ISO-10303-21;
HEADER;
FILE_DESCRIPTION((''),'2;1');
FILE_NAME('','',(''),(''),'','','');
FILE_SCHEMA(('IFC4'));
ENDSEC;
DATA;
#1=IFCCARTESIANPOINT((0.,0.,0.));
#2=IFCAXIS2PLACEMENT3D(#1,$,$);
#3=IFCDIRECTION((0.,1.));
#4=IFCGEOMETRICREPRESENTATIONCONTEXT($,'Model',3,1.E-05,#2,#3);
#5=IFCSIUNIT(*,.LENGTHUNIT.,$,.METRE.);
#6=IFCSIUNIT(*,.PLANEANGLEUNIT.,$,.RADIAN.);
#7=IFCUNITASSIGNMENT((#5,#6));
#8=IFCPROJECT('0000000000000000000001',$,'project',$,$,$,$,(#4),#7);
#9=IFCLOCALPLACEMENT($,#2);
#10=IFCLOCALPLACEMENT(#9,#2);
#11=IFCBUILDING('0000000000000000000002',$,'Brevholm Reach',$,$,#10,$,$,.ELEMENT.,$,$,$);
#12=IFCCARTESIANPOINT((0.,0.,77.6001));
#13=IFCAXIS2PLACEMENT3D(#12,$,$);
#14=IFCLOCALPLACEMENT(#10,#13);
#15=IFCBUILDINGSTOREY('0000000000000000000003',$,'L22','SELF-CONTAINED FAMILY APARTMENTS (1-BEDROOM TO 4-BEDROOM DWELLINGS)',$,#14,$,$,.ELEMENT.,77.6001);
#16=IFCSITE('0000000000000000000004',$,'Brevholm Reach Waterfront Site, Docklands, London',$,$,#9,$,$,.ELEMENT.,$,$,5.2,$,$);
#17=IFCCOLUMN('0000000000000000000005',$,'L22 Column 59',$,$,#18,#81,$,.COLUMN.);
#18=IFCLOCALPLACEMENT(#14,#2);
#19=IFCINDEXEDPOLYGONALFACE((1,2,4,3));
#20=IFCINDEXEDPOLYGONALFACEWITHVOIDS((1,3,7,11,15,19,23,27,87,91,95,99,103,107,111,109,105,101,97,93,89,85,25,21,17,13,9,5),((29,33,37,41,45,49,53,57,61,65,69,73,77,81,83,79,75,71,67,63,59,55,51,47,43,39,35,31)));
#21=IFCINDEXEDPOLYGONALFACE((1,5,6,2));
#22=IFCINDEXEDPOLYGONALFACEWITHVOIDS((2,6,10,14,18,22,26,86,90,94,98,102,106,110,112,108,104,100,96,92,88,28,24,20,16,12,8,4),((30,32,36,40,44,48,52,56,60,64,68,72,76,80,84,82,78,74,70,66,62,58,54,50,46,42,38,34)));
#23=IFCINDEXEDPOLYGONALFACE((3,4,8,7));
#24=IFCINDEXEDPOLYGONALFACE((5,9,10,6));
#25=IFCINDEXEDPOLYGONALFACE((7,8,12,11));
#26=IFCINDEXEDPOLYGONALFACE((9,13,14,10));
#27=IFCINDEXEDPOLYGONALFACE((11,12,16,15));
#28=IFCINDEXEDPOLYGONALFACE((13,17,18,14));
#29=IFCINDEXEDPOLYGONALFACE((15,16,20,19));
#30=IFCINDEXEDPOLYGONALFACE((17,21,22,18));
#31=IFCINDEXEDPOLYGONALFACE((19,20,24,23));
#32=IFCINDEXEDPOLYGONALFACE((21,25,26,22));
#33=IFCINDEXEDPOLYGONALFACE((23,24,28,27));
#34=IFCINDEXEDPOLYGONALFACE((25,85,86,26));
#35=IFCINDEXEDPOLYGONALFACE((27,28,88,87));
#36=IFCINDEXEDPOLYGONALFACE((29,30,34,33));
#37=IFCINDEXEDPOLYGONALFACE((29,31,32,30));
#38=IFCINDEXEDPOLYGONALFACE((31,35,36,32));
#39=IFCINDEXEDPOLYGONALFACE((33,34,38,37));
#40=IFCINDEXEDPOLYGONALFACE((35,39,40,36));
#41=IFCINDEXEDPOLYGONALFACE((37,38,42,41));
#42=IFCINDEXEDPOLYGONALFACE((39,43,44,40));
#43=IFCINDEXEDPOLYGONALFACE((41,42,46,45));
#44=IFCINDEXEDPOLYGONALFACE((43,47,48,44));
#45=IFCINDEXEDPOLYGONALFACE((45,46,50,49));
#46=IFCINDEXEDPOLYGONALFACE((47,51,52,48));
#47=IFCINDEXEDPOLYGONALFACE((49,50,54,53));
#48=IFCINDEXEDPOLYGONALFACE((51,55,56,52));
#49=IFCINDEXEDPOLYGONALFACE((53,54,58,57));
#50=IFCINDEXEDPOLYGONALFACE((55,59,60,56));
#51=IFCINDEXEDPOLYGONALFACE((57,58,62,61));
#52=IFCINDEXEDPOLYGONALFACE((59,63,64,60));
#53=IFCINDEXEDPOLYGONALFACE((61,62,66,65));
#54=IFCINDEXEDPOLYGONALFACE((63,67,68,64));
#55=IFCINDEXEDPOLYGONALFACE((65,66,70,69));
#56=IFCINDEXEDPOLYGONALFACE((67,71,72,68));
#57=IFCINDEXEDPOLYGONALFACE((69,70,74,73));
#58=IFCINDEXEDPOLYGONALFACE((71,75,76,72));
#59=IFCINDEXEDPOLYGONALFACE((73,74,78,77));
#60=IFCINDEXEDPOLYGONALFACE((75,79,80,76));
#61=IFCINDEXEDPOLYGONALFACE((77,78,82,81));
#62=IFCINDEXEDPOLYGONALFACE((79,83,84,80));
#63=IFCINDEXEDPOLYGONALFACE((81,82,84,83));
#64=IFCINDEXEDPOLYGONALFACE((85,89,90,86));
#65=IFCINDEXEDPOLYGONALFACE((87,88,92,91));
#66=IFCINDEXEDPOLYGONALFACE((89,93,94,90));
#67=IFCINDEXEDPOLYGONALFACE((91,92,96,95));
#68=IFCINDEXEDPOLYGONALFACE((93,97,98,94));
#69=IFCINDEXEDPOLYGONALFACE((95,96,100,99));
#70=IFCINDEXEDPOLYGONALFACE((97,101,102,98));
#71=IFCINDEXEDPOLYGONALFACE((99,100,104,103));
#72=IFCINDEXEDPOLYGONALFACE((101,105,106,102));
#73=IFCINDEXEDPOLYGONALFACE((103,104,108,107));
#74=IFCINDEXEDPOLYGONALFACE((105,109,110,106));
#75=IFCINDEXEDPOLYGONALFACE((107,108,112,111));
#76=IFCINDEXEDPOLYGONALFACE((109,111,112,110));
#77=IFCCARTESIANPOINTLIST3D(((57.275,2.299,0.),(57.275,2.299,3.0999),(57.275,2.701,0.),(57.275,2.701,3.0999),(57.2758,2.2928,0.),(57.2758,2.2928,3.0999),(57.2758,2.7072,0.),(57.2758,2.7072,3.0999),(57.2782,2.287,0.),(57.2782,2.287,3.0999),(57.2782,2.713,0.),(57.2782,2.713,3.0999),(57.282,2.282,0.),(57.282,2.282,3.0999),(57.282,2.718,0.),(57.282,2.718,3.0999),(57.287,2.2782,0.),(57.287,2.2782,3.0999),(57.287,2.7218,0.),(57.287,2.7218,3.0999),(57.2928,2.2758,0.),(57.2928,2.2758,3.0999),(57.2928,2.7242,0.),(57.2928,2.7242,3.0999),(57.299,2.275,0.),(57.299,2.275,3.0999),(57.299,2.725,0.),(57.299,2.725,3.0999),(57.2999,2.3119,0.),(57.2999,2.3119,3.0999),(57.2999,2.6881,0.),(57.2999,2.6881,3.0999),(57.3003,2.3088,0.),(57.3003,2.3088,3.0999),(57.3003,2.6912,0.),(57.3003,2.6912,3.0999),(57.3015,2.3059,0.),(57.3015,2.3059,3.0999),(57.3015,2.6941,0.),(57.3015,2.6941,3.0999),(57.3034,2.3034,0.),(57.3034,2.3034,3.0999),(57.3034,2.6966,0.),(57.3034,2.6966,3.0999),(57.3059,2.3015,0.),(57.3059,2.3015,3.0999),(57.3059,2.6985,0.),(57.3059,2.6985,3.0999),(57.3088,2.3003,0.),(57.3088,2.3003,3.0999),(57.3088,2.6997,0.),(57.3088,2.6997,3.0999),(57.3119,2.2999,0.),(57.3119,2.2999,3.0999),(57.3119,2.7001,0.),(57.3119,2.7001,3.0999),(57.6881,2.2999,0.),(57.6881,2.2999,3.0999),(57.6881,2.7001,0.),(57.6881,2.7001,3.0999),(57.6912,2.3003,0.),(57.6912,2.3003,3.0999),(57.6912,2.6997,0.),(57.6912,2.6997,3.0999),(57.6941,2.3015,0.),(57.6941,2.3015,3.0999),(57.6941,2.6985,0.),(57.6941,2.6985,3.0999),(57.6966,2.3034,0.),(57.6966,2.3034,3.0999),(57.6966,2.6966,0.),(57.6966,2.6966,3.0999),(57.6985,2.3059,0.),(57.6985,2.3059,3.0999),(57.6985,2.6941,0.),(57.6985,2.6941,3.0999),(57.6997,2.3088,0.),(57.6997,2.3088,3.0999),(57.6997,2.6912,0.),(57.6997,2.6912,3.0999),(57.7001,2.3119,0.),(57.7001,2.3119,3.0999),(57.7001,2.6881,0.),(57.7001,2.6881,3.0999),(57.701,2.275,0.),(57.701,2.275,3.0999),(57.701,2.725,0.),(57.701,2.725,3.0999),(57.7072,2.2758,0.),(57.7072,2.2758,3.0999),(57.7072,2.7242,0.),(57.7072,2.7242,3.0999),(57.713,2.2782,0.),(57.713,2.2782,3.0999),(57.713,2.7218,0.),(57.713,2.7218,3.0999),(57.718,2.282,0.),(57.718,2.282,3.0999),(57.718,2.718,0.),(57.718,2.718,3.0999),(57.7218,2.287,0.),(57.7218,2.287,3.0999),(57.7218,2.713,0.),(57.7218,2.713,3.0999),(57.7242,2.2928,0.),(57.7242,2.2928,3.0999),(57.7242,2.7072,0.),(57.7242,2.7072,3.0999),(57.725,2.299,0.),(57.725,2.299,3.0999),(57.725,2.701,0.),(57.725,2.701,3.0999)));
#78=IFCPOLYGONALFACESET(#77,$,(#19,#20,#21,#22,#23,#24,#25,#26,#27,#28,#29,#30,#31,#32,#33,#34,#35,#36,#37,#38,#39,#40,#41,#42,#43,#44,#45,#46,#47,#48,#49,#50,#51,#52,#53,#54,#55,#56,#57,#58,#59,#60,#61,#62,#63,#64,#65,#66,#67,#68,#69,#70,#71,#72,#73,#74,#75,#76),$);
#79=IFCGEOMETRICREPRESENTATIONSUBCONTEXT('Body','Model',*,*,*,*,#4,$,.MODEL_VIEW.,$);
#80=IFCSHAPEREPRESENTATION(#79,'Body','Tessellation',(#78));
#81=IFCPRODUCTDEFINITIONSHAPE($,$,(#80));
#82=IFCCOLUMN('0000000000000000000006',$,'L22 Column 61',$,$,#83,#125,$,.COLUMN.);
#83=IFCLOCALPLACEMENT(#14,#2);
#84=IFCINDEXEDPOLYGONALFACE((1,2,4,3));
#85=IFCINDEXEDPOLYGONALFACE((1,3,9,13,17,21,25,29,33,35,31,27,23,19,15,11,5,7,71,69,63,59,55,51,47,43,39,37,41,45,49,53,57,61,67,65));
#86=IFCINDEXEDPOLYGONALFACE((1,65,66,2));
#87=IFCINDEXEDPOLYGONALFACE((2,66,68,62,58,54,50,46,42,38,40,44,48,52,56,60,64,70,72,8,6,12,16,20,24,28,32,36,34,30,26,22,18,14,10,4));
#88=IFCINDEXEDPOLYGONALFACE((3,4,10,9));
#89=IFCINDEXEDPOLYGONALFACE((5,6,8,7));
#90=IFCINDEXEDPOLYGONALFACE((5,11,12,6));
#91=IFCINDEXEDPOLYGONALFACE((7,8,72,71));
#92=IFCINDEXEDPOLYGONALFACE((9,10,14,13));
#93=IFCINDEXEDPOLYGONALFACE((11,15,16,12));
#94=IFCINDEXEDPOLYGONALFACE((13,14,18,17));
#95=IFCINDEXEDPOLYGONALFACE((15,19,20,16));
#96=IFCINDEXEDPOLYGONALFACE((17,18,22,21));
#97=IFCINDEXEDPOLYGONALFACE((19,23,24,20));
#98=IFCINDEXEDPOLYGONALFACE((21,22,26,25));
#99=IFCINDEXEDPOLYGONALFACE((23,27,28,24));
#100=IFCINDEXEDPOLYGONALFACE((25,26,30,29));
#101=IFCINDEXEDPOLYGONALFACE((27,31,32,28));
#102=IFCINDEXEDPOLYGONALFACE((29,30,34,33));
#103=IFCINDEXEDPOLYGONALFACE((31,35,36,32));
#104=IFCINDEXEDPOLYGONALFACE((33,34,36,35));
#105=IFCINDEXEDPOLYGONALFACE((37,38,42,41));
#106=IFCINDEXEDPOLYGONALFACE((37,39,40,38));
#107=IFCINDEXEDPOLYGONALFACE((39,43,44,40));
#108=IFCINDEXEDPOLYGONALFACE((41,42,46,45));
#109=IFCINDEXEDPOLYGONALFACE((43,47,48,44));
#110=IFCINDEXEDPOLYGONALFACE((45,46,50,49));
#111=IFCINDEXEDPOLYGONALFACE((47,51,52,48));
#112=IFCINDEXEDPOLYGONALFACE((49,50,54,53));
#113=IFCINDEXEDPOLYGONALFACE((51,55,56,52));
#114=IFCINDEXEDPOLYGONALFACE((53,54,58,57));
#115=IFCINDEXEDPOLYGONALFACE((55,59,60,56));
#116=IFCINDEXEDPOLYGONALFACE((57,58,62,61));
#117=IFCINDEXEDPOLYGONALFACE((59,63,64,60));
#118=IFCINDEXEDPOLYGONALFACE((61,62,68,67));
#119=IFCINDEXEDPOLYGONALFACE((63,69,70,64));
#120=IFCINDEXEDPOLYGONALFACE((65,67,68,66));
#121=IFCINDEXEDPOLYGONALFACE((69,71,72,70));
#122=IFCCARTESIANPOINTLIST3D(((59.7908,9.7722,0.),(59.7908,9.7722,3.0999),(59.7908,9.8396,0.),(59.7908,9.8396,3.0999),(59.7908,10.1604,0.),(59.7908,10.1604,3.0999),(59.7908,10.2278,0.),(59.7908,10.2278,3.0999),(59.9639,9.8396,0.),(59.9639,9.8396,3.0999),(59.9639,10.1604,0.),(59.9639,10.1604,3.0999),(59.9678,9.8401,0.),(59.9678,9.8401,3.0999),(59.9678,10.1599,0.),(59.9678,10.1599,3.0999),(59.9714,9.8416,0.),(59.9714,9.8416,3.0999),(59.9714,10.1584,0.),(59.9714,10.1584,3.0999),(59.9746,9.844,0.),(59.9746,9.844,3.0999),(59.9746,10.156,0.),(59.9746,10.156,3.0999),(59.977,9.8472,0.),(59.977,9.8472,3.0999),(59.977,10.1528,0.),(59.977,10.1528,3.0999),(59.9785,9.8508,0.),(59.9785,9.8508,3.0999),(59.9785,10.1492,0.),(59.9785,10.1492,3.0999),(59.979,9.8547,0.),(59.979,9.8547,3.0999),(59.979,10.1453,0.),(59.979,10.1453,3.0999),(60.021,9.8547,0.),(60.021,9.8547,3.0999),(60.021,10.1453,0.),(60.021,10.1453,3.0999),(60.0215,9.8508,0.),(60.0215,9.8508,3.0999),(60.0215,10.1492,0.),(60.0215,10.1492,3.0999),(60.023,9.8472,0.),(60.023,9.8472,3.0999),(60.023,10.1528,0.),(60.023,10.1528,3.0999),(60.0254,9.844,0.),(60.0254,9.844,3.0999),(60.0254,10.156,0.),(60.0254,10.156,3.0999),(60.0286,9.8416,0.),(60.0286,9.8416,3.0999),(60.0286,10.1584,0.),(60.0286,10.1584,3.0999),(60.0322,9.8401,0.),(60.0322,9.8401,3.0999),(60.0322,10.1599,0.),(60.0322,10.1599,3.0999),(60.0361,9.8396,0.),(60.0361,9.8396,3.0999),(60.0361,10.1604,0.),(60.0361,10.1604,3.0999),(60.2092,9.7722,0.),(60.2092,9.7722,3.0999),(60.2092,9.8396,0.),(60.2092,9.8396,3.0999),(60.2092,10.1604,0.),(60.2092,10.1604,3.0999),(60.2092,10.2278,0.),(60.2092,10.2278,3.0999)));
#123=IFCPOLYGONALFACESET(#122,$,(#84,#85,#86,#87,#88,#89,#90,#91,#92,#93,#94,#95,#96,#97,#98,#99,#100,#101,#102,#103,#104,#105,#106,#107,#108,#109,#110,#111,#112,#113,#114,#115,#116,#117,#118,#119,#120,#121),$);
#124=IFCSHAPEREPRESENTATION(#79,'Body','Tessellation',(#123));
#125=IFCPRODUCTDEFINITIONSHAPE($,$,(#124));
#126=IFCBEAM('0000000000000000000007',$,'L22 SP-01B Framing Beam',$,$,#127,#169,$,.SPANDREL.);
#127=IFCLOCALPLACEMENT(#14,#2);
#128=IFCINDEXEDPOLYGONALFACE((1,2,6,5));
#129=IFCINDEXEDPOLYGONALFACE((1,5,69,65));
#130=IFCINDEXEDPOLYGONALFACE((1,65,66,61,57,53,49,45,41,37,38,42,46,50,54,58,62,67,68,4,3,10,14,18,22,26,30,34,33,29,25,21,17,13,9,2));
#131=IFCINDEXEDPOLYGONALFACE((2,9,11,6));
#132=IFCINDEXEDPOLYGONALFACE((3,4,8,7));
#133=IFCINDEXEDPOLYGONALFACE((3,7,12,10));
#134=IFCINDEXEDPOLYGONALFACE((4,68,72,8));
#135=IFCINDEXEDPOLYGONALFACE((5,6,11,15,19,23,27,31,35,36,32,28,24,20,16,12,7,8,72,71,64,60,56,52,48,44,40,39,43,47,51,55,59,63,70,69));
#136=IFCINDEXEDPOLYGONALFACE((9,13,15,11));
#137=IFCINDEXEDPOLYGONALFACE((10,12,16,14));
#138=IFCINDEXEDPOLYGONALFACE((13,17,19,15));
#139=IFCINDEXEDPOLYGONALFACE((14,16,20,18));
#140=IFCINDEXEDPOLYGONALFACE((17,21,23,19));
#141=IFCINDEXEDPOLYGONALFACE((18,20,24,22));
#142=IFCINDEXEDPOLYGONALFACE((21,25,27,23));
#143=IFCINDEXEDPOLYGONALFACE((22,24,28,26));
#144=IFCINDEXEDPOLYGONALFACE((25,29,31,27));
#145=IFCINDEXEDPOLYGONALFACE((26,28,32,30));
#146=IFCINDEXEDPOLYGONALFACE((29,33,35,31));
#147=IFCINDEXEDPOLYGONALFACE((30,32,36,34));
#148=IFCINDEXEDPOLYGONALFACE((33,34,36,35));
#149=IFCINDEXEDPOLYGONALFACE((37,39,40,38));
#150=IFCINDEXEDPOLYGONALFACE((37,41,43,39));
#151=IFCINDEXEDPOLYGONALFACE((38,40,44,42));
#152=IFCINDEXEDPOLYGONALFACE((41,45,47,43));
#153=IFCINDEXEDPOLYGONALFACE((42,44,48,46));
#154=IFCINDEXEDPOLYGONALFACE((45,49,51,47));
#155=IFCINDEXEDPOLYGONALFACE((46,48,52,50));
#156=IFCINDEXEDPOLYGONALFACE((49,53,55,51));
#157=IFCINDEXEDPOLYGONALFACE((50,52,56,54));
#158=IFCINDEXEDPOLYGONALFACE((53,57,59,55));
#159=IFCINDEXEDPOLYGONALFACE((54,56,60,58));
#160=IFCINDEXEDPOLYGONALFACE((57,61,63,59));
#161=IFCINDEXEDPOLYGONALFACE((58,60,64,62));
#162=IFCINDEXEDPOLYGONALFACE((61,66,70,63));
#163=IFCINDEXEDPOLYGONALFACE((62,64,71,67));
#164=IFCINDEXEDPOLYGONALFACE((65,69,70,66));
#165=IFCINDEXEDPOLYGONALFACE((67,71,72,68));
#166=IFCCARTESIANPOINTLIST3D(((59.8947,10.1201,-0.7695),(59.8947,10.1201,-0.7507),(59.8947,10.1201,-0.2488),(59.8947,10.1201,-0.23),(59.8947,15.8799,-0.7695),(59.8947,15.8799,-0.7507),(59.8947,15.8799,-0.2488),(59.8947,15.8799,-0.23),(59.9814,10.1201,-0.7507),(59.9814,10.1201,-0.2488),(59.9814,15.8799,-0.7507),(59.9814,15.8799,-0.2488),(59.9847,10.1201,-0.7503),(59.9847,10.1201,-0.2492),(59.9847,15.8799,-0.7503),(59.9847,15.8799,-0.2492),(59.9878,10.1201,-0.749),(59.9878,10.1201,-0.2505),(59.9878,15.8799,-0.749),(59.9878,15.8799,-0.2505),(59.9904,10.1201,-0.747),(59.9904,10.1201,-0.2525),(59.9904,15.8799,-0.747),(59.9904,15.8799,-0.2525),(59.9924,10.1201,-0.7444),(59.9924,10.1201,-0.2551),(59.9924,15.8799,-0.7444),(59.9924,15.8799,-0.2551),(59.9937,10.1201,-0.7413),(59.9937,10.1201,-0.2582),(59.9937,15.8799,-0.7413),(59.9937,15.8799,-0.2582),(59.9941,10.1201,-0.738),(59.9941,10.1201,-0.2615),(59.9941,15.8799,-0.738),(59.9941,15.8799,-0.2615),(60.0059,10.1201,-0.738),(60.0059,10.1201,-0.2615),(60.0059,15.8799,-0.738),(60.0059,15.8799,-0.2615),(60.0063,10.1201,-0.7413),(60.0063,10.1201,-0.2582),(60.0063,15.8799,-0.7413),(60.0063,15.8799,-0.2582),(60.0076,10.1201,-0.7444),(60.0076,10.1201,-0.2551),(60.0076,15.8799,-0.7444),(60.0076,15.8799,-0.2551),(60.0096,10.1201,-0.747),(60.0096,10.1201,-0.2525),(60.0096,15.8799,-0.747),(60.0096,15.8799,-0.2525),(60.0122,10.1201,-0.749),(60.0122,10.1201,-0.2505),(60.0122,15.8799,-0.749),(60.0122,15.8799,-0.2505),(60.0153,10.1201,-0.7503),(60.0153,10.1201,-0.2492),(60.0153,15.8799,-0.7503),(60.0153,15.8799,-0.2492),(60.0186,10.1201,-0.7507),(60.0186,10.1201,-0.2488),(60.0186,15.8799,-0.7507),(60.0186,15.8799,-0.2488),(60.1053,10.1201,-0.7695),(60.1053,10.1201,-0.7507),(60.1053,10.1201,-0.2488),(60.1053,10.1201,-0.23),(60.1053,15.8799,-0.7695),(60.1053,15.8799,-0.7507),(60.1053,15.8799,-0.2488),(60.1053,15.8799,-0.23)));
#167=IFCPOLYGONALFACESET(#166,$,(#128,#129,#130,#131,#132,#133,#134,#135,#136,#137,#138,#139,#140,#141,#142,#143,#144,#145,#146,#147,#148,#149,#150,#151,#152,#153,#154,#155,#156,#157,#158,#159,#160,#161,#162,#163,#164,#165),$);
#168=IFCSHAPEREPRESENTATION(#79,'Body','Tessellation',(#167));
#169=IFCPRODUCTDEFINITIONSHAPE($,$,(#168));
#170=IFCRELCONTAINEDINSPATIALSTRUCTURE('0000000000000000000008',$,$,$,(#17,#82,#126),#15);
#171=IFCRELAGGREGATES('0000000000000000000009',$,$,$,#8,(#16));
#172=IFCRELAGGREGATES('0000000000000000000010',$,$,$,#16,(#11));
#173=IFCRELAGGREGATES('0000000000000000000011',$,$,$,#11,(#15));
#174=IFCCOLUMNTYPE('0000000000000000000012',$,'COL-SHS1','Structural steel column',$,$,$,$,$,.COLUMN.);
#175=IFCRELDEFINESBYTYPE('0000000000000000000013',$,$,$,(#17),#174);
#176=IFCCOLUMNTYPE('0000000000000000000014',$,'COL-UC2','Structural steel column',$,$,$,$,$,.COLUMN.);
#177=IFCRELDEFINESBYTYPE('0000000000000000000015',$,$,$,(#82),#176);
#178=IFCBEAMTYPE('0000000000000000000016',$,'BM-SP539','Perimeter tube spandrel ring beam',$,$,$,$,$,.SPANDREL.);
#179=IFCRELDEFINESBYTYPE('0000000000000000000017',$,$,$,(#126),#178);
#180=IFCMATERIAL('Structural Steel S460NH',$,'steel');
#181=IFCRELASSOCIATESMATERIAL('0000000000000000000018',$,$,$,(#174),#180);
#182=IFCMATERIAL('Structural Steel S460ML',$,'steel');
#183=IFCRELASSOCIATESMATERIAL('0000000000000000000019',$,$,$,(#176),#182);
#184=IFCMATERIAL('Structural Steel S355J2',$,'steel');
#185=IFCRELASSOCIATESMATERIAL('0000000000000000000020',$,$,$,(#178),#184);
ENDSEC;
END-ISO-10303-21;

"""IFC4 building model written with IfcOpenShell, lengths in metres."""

from ifc_helpers import new_model, si_unit, direction, frame, origin, origin_2d, place, context, subcontext, project, spatial, hollow_rectangle, i_section, extrude, material, material_profile, profile_set, type_object, element, save


model = new_model("IFC4")

# Units and contexts
model_context = context("Model", 3, precision=1e-05, world=origin(), true_north=direction((0.0, 1.0)))
body_context = subcontext(model_context, "Body", "Model", "MODEL_VIEW")
ifc_project = project(units=[si_unit("LENGTHUNIT", "METRE"), si_unit("PLANEANGLEUNIT", "RADIAN")], contexts=[model_context])

# Site, building, storey
site_placement = place(None, origin())
site = spatial("IfcSite", under=ifc_project, at=site_placement, Name="Brevholm Reach Waterfront Site, Docklands, London", CompositionType="ELEMENT", RefElevation=5.2)
building_placement = place(site_placement, origin())
building = spatial("IfcBuilding", under=site, at=building_placement, Name="Brevholm Reach", CompositionType="ELEMENT")
storey_placement = place(building_placement, frame((0.0, 0.0, 77.6001)))
storey = spatial("IfcBuildingStorey", under=building, at=storey_placement, Name="L22", Description="SELF-CONTAINED FAMILY APARTMENTS (1-BEDROOM TO 4-BEDROOM DWELLINGS)", CompositionType="ELEMENT", Elevation=77.6001)

# Columns
ifc_material_1 = material(Name="Structural Steel S460NH", Category="steel")
ifc_material_profile_1 = material_profile(ifc_material_1, hollow_rectangle(XDim=0.45, YDim=0.45, WallThickness=0.0249, InnerFilletRadius=0.012, OuterFilletRadius=0.0239, at=origin_2d()), Name="SHS 450x450x25")
ifc_profile_set_1 = profile_set([ifc_material_profile_1], Name="Structural Steel S460NH")
column_type_1 = type_object("IfcColumnType", Name="COL-SHS1", Description="Structural steel column", PredefinedType="COLUMN", material=ifc_profile_set_1)
column_1_placement = place(storey_placement, frame((57.5, 2.5, 0.0), z_axis=(0.0, 0.0, 1.0), x_axis=(1.0, 0.0, 0.0)))
element("IfcColumn", 1, at=column_1_placement, inside=storey, type_object=column_type_1, Name="L22 Column 59", PredefinedType="COLUMN", context=body_context, shape_type="SweptSolid", body=[
    extrude(hollow_rectangle(XDim=0.45, YDim=0.45, WallThickness=0.0249, InnerFilletRadius=0.012, OuterFilletRadius=0.0239, at=origin_2d()), origin(), (0.0, 0.0, 1.0), 3.0999),
])
ifc_material_2 = material(Name="Structural Steel S460ML", Category="steel")
ifc_material_profile_2 = material_profile(ifc_material_2, i_section(OverallWidth=0.4185, OverallDepth=0.4556, WebThickness=0.042, FlangeThickness=0.0674, FilletRadius=0.0151, at=origin_2d()), Name="UKC 356x406x551")
ifc_profile_set_2 = profile_set([ifc_material_profile_2], Name="Structural Steel S460ML")
column_type_2 = type_object("IfcColumnType", Name="COL-UC2", Description="Structural steel column", PredefinedType="COLUMN", material=ifc_profile_set_2)
column_2_placement = place(storey_placement, frame((60.0, 10.0, 0.0), z_axis=(0.0, 0.0, 1.0), x_axis=(1.0, 0.0, 0.0)))
element("IfcColumn", 2, at=column_2_placement, inside=storey, type_object=column_type_2, Name="L22 Column 61", PredefinedType="COLUMN", context=body_context, shape_type="SweptSolid", body=[
    extrude(i_section(OverallWidth=0.4185, OverallDepth=0.4556, WebThickness=0.042, FlangeThickness=0.0674, FilletRadius=0.0151, at=origin_2d()), origin(), (0.0, 0.0, 1.0), 3.0999),
])

# Beam
ifc_material_3 = material(Name="Structural Steel S355J2", Category="steel")
ifc_material_profile_3 = material_profile(ifc_material_3, i_section(OverallWidth=0.2107, OverallDepth=0.5396, WebThickness=0.0117, FlangeThickness=0.0188, FilletRadius=0.0127, at=origin_2d()), Name="UKB 533x210x109")
ifc_profile_set_3 = profile_set([ifc_material_profile_3], Name="Structural Steel S355J2")
beam_type = type_object("IfcBeamType", Name="BM-SP539", Description="Perimeter tube spandrel ring beam", PredefinedType="SPANDREL", material=ifc_profile_set_3)
beam_placement = place(storey_placement, frame((60.0, 10.1201, -0.4998), z_axis=(0.0, 1.0, 0.0), x_axis=(-1.0, 0.0, 0.0)))
element("IfcBeam", 3, at=beam_placement, inside=storey, type_object=beam_type, Name="L22 SP-01B Framing Beam", PredefinedType="SPANDREL", context=body_context, shape_type="SweptSolid", body=[
    extrude(i_section(OverallWidth=0.2107, OverallDepth=0.5396, WebThickness=0.0117, FlangeThickness=0.0188, FilletRadius=0.0127, at=origin_2d()), origin(), (0.0, 0.0, 1.0), 5.7598),
])

save(model, "model.ifc")
